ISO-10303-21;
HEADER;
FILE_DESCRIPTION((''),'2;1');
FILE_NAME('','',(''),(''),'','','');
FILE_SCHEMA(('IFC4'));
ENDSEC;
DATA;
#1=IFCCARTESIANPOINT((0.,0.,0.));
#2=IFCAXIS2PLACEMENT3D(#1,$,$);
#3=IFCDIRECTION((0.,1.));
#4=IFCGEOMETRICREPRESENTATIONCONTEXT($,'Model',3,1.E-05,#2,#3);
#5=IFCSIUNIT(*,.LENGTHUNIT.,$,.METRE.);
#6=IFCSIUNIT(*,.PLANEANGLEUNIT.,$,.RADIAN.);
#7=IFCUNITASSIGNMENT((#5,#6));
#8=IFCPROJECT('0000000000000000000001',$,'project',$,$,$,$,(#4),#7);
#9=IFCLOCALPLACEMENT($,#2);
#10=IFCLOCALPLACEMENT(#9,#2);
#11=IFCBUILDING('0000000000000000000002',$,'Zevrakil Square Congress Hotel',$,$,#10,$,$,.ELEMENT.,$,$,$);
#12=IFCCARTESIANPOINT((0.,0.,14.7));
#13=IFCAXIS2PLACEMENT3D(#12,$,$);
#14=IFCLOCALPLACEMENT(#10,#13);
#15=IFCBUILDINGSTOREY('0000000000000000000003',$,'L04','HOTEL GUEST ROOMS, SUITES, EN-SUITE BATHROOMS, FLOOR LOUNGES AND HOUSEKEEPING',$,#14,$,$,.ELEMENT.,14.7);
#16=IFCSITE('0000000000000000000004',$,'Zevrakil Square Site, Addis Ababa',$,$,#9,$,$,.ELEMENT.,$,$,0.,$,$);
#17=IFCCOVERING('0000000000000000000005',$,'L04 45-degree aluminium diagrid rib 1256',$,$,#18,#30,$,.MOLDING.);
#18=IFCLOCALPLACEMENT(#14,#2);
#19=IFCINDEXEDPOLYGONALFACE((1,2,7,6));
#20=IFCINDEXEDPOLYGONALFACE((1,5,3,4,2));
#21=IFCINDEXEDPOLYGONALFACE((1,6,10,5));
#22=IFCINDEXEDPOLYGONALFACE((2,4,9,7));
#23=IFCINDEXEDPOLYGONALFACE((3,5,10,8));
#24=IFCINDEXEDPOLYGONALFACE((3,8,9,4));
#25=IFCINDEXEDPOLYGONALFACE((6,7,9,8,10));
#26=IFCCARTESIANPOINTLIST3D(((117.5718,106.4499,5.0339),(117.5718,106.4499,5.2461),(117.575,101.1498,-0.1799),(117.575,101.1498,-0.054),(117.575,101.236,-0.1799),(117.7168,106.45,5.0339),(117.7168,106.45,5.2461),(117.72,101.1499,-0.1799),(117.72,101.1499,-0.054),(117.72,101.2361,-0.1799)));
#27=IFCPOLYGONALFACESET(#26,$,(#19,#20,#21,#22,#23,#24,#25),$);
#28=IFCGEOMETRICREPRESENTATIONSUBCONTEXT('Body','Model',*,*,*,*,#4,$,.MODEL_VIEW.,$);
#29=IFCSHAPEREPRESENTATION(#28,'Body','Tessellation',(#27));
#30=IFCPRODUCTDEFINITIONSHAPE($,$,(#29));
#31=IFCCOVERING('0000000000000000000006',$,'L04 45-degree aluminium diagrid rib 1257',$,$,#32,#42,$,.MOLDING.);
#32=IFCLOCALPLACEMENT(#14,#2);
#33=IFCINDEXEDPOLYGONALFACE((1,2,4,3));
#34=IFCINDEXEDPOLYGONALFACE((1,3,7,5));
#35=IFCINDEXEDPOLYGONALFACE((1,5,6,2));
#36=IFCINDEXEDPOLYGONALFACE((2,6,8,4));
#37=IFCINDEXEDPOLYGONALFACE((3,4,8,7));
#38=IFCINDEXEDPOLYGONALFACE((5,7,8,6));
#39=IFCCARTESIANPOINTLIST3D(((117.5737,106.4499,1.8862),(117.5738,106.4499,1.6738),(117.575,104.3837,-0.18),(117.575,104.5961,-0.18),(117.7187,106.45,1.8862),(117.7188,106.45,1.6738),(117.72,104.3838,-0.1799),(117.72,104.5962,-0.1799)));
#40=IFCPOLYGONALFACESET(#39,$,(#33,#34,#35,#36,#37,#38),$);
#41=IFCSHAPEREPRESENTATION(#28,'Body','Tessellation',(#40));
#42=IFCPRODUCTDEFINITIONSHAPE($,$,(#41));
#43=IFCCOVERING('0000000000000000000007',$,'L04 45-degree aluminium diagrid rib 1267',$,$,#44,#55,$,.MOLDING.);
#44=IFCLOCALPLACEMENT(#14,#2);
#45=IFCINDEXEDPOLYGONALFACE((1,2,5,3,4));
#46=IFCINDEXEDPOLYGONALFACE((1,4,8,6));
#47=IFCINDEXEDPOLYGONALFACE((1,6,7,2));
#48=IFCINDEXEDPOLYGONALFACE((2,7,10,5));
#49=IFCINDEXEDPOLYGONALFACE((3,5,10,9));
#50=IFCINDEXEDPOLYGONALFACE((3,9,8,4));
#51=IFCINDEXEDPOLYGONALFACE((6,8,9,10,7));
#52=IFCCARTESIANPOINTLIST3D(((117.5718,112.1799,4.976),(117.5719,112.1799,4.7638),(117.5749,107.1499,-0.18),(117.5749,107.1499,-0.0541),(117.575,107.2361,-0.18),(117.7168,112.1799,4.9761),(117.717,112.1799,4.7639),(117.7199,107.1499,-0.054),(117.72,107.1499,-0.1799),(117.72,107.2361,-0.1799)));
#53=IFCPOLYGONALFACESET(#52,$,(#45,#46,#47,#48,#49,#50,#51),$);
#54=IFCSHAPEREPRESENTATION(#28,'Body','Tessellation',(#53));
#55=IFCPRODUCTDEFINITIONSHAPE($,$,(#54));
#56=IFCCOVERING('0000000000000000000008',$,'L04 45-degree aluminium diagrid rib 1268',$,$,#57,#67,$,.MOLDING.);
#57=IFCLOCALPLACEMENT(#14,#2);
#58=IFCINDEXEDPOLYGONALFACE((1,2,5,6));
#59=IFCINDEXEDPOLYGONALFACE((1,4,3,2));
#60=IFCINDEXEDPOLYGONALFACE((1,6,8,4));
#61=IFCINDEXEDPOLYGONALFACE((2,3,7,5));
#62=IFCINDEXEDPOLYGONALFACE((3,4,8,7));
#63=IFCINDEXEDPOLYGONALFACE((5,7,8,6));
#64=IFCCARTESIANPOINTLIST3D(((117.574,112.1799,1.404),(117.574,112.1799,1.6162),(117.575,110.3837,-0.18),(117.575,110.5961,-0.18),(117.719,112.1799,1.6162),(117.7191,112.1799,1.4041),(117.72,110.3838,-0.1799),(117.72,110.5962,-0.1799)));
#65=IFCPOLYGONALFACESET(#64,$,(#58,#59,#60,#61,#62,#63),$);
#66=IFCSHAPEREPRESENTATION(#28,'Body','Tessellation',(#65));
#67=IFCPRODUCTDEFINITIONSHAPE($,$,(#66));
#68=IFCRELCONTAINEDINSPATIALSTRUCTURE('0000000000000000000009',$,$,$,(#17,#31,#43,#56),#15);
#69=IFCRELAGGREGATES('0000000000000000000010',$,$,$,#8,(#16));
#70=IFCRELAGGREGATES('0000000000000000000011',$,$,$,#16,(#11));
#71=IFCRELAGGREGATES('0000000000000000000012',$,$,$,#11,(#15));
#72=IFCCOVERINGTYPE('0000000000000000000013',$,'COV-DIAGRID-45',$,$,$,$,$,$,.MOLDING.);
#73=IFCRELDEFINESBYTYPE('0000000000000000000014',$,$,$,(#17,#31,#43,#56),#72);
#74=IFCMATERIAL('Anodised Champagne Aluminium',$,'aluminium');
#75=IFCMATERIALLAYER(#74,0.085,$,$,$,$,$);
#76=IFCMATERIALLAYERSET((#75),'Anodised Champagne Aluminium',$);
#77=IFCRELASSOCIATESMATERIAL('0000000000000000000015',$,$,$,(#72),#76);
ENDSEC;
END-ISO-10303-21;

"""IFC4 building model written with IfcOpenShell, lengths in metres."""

from ifc_helpers import new_model, si_unit, direction, frame, origin, place, context, subcontext, project, spatial, polyline, outline, extrude, material, layer, layer_set, type_object, element, save


model = new_model("IFC4")

# Units and contexts
model_context = context("Model", 3, precision=1e-05, world=origin(), true_north=direction((0.0, 1.0)))
body_context = subcontext(model_context, "Body", "Model", "MODEL_VIEW")
ifc_project = project(units=[si_unit("LENGTHUNIT", "METRE"), si_unit("PLANEANGLEUNIT", "RADIAN")], contexts=[model_context])

# Site, building, storey
site_placement = place(None, origin())
site = spatial("IfcSite", under=ifc_project, at=site_placement, Name="Zevrakil Square Site, Addis Ababa", CompositionType="ELEMENT", RefElevation=0.0)
building_placement = place(site_placement, origin())
building = spatial("IfcBuilding", under=site, at=building_placement, Name="Zevrakil Square Congress Hotel", CompositionType="ELEMENT")
storey_placement = place(building_placement, frame((0.0, 0.0, 14.7)))
storey = spatial("IfcBuildingStorey", under=building, at=storey_placement, Name="L04", Description="HOTEL GUEST ROOMS, SUITES, EN-SUITE BATHROOMS, FLOOR LOUNGES AND HOUSEKEEPING", CompositionType="ELEMENT", Elevation=14.7)

# Coverings
ifc_material_1 = material(Name="Anodised Champagne Aluminium", Category="aluminium")
ifc_layer_1 = layer(ifc_material_1, 0.085)
ifc_layer_set_1 = layer_set([ifc_layer_1], Name="Anodised Champagne Aluminium")
covering_type = type_object("IfcCoveringType", Name="COV-DIAGRID-45", PredefinedType="MOLDING", material=ifc_layer_set_1)
covering_1_placement = place(storey_placement, frame((117.72, 101.2361, -0.1799), z_axis=(1.0, 0.000479, 0.000122), x_axis=(0.000479, -1.0, 0.0)))
element("IfcCovering", 1, at=covering_1_placement, inside=storey, type_object=covering_type, Name="L04 45-degree aluminium diagrid rib 1256", PredefinedType="MOLDING", context=body_context, shape_type="SweptSolid", body=[
    extrude(outline(polyline([(0.0, 0.0), (0.0862, 0.0), (0.0862, -0.126), (-5.2139, -5.426), (-5.2139, -5.2139), (0.0, 0.0)])), origin(), (0.0, 0.0, -1.0), 0.145),
])
covering_2_placement = place(storey_placement, frame((117.72, 104.5962, -0.1799), z_axis=(1.0, 0.000311, 0.000311), x_axis=(0.000311, -1.0, 0.0)))
element("IfcCovering", 2, at=covering_2_placement, inside=storey, type_object=covering_type, Name="L04 45-degree aluminium diagrid rib 1257", PredefinedType="MOLDING", context=body_context, shape_type="SweptSolid", body=[
    extrude(outline(polyline([(0.0, 0.0), (0.2124, 0.0), (-1.8538, -2.0662), (-1.8538, -1.8538), (0.0, 0.0)])), origin(), (0.0, 0.0, -1.0), 0.145),
])
covering_3_placement = place(storey_placement, frame((117.72, 107.2361, -0.1799), z_axis=(1.0, -0.000087, 0.000696), x_axis=(-0.000087, -1.0, 0.0)))
element("IfcCovering", 3, at=covering_3_placement, inside=storey, type_object=covering_type, Name="L04 45-degree aluminium diagrid rib 1267", PredefinedType="MOLDING", context=body_context, shape_type="SweptSolid", body=[
    extrude(outline(polyline([(0.0, 0.0), (0.0862, 0.0), (0.0862, -0.126), (-4.9438, -5.156), (-4.9438, -4.9438), (0.0, 0.0)])), origin(), (0.0, 0.0, -1.0), 0.145),
])
covering_4_placement = place(storey_placement, frame((117.72, 110.5962, -0.1799), z_axis=(1.0, 0.000289, 0.000289), x_axis=(0.000289, -1.0, 0.0)))
element("IfcCovering", 4, at=covering_4_placement, inside=storey, type_object=covering_type, Name="L04 45-degree aluminium diagrid rib 1268", PredefinedType="MOLDING", context=body_context, shape_type="SweptSolid", body=[
    extrude(outline(polyline([(0.0, 0.0), (0.2124, 0.0), (-1.5837, -1.7961), (-1.5837, -1.584), (0.0, 0.0)])), origin(), (0.0, 0.0, -1.0), 0.145),
])

save(model, "model.ifc")
